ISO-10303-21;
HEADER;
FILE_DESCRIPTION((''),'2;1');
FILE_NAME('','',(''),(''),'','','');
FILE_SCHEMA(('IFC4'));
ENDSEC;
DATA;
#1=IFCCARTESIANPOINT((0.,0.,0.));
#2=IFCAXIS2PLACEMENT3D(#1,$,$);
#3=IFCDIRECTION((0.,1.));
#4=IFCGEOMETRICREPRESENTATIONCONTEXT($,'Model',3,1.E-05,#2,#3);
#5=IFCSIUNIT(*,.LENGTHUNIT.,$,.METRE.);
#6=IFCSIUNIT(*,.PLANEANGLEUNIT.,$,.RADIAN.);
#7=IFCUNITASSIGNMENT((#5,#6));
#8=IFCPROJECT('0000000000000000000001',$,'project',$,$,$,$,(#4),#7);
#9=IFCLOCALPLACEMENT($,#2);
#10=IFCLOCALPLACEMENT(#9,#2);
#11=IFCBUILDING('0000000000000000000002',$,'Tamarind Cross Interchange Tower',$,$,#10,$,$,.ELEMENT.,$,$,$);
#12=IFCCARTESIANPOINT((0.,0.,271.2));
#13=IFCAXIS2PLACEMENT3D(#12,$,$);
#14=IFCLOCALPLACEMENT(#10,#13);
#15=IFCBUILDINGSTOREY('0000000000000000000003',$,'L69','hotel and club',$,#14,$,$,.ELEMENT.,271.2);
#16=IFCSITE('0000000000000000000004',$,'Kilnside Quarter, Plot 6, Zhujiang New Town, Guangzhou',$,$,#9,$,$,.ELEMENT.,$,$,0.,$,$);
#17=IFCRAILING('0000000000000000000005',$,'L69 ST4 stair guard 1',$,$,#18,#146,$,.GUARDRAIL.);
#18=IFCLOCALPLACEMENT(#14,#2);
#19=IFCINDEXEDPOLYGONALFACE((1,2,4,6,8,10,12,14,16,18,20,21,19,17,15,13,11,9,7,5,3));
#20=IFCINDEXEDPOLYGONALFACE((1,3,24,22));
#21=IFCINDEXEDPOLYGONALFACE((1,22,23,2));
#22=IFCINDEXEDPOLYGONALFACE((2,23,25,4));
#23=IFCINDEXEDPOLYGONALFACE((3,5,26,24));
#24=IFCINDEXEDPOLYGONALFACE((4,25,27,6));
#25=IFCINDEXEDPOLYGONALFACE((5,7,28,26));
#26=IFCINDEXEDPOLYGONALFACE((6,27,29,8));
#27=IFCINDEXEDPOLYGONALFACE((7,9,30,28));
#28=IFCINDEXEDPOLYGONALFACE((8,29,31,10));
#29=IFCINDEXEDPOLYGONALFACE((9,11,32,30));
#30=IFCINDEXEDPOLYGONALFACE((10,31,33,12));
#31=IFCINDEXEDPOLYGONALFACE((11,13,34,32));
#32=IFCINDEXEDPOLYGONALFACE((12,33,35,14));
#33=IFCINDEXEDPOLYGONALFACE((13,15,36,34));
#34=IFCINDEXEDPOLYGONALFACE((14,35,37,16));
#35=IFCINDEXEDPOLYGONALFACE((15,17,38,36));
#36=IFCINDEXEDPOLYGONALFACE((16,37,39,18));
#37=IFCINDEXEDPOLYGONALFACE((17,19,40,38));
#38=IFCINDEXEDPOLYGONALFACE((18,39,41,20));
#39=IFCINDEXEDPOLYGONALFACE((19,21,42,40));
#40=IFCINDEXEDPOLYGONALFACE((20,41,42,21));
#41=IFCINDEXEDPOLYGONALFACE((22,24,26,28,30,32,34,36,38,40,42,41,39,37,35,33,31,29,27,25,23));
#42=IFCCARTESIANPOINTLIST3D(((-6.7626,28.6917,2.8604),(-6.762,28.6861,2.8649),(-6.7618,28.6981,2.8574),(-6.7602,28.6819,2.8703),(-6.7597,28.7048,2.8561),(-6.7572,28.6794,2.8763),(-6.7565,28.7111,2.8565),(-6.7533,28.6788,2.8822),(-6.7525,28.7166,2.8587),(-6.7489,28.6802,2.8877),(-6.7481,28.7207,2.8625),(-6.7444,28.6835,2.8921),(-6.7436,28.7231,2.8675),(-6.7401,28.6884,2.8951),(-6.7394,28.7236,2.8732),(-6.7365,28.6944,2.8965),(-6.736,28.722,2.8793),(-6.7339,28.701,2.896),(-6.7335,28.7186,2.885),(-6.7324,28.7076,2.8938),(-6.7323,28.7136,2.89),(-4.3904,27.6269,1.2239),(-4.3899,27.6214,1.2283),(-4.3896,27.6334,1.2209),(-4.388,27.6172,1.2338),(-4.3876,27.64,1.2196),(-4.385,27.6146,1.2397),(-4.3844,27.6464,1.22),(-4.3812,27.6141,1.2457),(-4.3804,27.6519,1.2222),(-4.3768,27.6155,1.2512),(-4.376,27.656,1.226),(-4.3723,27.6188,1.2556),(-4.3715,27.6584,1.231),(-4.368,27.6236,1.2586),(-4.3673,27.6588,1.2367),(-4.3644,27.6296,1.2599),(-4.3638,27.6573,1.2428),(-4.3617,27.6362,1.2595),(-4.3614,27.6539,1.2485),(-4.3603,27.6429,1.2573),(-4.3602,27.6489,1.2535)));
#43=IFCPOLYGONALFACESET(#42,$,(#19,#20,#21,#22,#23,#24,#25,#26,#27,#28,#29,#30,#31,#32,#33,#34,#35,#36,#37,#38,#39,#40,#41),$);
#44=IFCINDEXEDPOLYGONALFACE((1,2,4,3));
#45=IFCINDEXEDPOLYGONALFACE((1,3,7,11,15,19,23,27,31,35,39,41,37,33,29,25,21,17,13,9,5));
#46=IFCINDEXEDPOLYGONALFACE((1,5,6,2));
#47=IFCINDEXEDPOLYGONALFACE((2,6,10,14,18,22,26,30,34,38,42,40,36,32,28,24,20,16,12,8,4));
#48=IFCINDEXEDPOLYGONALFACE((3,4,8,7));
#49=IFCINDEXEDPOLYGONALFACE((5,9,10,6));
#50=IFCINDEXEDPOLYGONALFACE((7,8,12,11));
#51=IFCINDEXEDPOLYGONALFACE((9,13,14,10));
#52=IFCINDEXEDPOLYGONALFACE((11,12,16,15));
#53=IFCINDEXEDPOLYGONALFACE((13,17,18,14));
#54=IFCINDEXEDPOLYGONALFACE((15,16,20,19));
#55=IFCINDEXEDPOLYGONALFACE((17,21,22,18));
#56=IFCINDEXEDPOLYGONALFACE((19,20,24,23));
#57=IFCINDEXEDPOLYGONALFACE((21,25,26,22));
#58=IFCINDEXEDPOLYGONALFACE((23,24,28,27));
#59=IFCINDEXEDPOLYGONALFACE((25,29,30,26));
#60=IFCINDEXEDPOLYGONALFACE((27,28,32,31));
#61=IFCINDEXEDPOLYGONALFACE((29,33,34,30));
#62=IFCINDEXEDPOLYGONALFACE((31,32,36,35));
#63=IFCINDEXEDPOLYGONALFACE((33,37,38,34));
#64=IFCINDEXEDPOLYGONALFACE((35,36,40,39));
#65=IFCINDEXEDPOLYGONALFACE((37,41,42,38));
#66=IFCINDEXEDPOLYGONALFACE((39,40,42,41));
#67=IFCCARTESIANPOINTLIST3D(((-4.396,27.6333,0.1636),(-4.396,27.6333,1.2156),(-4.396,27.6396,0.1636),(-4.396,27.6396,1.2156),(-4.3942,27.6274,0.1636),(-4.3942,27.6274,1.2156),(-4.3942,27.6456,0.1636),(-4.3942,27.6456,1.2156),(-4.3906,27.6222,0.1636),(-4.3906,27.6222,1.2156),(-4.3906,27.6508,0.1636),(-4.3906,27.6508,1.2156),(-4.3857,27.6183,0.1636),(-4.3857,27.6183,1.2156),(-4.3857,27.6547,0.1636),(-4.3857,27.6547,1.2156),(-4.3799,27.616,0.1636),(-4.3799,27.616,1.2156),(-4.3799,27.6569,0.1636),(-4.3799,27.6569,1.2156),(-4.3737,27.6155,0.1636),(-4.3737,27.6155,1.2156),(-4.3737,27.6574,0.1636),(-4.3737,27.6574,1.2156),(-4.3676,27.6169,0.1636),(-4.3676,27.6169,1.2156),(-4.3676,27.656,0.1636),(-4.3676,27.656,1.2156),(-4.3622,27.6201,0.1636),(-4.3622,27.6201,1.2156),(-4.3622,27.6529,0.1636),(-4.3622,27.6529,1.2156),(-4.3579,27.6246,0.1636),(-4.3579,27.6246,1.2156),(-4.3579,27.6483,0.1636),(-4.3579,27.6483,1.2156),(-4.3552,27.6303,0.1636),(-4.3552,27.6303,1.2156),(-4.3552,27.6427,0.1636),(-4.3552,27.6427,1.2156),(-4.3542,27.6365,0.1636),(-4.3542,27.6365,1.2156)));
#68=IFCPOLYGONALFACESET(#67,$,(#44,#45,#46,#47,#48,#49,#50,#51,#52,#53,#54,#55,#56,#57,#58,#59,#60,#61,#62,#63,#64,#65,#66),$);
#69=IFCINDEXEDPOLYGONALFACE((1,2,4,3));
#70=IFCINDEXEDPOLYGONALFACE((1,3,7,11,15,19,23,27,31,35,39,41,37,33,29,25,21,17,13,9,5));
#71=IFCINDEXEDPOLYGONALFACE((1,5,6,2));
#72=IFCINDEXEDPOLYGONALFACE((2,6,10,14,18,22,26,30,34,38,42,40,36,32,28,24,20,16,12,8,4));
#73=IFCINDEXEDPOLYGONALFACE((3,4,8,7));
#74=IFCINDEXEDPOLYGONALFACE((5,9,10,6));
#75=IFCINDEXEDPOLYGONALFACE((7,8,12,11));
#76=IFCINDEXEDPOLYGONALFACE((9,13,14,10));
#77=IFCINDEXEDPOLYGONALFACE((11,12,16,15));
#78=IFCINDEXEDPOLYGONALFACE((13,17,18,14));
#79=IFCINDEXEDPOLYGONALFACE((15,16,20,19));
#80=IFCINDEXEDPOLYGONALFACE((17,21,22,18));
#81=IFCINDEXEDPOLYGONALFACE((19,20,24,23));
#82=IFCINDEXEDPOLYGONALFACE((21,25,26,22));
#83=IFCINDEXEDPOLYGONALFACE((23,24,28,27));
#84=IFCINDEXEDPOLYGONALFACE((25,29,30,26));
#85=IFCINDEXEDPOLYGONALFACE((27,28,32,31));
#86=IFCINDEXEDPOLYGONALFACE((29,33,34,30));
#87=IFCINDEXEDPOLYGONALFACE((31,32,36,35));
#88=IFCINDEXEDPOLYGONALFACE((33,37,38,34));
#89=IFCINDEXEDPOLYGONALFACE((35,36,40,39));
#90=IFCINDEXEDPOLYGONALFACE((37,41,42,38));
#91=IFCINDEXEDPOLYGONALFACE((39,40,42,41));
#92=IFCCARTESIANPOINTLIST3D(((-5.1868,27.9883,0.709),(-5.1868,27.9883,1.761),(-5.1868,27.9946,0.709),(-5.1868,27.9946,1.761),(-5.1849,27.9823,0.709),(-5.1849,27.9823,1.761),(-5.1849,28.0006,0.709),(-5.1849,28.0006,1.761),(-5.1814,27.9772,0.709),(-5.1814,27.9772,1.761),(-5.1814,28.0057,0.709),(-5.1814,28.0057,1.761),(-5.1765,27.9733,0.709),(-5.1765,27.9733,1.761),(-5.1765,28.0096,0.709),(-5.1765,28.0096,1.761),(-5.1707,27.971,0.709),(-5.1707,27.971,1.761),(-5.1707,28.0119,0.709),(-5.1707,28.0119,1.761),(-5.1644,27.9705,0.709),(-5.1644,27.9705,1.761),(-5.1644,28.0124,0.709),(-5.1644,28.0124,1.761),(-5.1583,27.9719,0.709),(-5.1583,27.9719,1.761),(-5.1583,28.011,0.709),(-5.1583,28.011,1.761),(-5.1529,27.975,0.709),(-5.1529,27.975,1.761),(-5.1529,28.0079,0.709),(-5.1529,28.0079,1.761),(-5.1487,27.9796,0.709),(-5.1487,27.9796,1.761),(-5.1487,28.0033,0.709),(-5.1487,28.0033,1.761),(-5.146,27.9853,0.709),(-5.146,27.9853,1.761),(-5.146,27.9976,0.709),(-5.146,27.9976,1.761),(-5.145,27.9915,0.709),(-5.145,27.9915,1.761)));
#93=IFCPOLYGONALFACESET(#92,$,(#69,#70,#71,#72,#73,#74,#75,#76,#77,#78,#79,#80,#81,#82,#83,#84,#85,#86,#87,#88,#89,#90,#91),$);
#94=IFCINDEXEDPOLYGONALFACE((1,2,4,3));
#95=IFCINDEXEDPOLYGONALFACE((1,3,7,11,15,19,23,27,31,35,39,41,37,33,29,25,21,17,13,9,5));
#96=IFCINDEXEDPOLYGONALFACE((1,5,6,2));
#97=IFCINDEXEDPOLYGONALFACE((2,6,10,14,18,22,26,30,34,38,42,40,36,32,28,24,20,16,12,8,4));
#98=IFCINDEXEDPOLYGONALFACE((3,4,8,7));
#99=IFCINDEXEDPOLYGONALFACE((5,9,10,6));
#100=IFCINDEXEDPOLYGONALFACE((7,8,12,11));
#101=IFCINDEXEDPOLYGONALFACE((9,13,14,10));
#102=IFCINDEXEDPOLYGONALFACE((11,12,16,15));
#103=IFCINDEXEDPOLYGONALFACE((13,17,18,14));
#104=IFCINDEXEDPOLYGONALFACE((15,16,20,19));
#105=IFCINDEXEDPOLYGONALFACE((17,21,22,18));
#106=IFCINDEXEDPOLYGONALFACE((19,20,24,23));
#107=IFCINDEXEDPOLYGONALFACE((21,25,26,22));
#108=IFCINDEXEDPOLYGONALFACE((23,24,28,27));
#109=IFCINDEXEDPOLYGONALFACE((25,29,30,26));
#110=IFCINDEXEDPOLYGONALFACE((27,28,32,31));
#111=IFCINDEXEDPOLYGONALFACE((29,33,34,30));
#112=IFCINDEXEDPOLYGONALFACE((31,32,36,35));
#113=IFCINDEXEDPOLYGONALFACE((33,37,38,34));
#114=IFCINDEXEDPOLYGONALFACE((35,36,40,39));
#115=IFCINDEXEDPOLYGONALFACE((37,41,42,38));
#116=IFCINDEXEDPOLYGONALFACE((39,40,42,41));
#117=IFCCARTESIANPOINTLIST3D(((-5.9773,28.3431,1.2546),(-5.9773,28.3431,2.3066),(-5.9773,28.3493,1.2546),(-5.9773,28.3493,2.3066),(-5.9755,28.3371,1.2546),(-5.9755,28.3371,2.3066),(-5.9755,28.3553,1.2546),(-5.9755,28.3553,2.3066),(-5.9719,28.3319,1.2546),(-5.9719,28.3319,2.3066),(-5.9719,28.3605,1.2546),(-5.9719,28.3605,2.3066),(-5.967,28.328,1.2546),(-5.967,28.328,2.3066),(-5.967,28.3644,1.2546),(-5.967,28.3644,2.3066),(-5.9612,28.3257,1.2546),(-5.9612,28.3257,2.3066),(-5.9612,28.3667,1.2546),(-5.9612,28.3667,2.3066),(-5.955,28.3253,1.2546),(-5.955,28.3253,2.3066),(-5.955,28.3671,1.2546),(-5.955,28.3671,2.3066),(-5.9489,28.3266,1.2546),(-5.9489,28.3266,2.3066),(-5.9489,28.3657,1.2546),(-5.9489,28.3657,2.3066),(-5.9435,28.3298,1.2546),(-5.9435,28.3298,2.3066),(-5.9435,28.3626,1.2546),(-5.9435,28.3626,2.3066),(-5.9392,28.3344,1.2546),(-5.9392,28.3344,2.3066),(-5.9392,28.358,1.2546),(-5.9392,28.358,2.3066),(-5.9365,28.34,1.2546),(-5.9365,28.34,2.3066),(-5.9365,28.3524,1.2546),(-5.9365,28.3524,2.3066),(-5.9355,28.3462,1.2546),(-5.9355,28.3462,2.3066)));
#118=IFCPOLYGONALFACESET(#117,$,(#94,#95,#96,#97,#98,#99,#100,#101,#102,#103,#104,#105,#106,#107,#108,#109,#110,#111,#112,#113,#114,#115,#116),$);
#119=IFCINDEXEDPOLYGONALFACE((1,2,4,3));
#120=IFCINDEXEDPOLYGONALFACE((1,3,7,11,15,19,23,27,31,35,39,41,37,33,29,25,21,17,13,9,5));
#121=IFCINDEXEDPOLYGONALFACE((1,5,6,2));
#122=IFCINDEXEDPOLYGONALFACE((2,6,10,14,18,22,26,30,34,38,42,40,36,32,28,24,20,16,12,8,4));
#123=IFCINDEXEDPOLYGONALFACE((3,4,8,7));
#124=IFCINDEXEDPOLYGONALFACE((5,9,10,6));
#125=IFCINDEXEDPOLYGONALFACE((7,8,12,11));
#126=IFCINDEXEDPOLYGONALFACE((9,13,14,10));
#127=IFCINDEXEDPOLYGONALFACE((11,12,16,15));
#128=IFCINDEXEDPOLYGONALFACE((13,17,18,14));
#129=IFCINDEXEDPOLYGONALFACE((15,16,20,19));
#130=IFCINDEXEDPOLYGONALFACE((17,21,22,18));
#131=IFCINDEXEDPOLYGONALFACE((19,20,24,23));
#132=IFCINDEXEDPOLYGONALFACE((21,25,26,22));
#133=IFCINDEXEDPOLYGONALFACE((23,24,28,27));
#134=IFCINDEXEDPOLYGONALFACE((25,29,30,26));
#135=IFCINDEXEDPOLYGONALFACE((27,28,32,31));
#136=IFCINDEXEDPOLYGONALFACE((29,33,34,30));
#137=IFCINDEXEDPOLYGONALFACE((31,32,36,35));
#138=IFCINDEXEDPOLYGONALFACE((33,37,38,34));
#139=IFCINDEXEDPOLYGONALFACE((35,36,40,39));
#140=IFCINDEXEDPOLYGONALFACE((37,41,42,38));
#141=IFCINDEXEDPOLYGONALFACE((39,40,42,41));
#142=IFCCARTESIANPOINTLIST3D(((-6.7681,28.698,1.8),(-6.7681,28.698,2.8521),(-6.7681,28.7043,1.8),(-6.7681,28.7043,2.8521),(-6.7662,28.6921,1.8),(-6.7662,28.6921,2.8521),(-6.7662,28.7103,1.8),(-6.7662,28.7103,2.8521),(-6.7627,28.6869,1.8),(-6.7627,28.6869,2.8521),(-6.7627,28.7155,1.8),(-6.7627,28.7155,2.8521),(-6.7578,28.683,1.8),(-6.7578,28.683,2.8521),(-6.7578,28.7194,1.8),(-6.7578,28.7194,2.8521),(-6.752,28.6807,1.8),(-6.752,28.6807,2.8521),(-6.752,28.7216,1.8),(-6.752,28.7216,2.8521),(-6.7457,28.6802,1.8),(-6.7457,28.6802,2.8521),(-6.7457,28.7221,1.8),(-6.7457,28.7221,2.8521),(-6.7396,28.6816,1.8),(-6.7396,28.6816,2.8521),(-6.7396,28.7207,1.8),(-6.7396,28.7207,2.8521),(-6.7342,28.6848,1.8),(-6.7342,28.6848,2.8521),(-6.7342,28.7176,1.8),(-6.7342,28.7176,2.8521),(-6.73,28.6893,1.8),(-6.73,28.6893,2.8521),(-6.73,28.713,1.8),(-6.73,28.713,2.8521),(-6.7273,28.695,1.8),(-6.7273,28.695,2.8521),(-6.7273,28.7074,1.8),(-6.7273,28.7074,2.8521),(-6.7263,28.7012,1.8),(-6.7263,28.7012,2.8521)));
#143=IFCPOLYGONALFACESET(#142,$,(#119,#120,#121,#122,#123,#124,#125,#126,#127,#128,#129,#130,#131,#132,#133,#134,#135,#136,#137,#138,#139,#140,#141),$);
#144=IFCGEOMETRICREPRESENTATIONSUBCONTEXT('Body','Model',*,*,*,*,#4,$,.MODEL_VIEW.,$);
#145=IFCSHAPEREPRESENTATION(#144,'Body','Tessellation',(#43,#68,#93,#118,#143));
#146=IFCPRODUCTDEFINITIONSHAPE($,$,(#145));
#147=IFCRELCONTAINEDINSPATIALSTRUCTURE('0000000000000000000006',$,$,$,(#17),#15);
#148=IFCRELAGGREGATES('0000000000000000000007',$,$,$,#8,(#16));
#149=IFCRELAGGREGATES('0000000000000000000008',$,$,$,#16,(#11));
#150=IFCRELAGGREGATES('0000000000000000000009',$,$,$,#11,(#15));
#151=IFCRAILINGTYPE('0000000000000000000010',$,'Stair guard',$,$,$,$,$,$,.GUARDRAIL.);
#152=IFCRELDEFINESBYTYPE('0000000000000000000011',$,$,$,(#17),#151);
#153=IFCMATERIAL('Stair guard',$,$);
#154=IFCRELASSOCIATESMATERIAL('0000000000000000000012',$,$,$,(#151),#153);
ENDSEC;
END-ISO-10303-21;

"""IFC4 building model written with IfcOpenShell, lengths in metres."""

from ifc_helpers import new_model, si_unit, direction, frame, origin, origin_2d, place, context, subcontext, project, spatial, circle, extrude, material, type_object, element, save


model = new_model("IFC4")

# Units and contexts
model_context = context("Model", 3, precision=1e-05, world=origin(), true_north=direction((0.0, 1.0)))
body_context = subcontext(model_context, "Body", "Model", "MODEL_VIEW")
ifc_project = project(units=[si_unit("LENGTHUNIT", "METRE"), si_unit("PLANEANGLEUNIT", "RADIAN")], contexts=[model_context])

# Site, building, storey
site_placement = place(None, origin())
site = spatial("IfcSite", under=ifc_project, at=site_placement, Name="Kilnside Quarter, Plot 6, Zhujiang New Town, Guangzhou", CompositionType="ELEMENT", RefElevation=0.0)
building_placement = place(site_placement, origin())
building = spatial("IfcBuilding", under=site, at=building_placement, Name="Tamarind Cross Interchange Tower", CompositionType="ELEMENT")
storey_placement = place(building_placement, frame((0.0, 0.0, 271.2)))
storey = spatial("IfcBuildingStorey", under=building, at=storey_placement, Name="L69", Description="hotel and club", CompositionType="ELEMENT", Elevation=271.2)

# Railing
ifc_material_1 = material(Name="Stair guard")
railing_type_1 = type_object("IfcRailingType", Name="Stair guard", PredefinedType="GUARDRAIL", material=ifc_material_1)
railing_1_placement = place(storey_placement, frame((-4.3752, 27.6365, 0.1636)))
element("IfcRailing", 1, at=railing_1_placement, inside=storey, type_object=railing_type_1, Name="L69 ST4 stair guard 1", PredefinedType="GUARDRAIL", context=body_context, shape_type="SweptSolid", body=[
    extrude(circle(Radius=0.0239, at=origin_2d()), frame((0.0, 0.0, 1.0762), z_axis=(-0.772111, 0.34656, 0.532674), x_axis=(-0.40949, -0.912315, 0.0)), (0.0, 0.0, 1.0), 3.0723),
    extrude(circle(Radius=0.021, at=origin_2d()), origin(), (0.0, 0.0, 1.0), 1.052),
    extrude(circle(Radius=0.021, at=origin_2d()), frame((-0.7908, 0.355, 0.5454)), (0.0, 0.0, 1.0), 1.052),
    extrude(circle(Radius=0.021, at=origin_2d()), frame((-1.5813, 0.7097, 1.0911)), (0.0, 0.0, 1.0), 1.052),
    extrude(circle(Radius=0.021, at=origin_2d()), frame((-2.3721, 1.0647, 1.6365)), (0.0, 0.0, 1.0), 1.052),
])

save(model, "model.ifc")
